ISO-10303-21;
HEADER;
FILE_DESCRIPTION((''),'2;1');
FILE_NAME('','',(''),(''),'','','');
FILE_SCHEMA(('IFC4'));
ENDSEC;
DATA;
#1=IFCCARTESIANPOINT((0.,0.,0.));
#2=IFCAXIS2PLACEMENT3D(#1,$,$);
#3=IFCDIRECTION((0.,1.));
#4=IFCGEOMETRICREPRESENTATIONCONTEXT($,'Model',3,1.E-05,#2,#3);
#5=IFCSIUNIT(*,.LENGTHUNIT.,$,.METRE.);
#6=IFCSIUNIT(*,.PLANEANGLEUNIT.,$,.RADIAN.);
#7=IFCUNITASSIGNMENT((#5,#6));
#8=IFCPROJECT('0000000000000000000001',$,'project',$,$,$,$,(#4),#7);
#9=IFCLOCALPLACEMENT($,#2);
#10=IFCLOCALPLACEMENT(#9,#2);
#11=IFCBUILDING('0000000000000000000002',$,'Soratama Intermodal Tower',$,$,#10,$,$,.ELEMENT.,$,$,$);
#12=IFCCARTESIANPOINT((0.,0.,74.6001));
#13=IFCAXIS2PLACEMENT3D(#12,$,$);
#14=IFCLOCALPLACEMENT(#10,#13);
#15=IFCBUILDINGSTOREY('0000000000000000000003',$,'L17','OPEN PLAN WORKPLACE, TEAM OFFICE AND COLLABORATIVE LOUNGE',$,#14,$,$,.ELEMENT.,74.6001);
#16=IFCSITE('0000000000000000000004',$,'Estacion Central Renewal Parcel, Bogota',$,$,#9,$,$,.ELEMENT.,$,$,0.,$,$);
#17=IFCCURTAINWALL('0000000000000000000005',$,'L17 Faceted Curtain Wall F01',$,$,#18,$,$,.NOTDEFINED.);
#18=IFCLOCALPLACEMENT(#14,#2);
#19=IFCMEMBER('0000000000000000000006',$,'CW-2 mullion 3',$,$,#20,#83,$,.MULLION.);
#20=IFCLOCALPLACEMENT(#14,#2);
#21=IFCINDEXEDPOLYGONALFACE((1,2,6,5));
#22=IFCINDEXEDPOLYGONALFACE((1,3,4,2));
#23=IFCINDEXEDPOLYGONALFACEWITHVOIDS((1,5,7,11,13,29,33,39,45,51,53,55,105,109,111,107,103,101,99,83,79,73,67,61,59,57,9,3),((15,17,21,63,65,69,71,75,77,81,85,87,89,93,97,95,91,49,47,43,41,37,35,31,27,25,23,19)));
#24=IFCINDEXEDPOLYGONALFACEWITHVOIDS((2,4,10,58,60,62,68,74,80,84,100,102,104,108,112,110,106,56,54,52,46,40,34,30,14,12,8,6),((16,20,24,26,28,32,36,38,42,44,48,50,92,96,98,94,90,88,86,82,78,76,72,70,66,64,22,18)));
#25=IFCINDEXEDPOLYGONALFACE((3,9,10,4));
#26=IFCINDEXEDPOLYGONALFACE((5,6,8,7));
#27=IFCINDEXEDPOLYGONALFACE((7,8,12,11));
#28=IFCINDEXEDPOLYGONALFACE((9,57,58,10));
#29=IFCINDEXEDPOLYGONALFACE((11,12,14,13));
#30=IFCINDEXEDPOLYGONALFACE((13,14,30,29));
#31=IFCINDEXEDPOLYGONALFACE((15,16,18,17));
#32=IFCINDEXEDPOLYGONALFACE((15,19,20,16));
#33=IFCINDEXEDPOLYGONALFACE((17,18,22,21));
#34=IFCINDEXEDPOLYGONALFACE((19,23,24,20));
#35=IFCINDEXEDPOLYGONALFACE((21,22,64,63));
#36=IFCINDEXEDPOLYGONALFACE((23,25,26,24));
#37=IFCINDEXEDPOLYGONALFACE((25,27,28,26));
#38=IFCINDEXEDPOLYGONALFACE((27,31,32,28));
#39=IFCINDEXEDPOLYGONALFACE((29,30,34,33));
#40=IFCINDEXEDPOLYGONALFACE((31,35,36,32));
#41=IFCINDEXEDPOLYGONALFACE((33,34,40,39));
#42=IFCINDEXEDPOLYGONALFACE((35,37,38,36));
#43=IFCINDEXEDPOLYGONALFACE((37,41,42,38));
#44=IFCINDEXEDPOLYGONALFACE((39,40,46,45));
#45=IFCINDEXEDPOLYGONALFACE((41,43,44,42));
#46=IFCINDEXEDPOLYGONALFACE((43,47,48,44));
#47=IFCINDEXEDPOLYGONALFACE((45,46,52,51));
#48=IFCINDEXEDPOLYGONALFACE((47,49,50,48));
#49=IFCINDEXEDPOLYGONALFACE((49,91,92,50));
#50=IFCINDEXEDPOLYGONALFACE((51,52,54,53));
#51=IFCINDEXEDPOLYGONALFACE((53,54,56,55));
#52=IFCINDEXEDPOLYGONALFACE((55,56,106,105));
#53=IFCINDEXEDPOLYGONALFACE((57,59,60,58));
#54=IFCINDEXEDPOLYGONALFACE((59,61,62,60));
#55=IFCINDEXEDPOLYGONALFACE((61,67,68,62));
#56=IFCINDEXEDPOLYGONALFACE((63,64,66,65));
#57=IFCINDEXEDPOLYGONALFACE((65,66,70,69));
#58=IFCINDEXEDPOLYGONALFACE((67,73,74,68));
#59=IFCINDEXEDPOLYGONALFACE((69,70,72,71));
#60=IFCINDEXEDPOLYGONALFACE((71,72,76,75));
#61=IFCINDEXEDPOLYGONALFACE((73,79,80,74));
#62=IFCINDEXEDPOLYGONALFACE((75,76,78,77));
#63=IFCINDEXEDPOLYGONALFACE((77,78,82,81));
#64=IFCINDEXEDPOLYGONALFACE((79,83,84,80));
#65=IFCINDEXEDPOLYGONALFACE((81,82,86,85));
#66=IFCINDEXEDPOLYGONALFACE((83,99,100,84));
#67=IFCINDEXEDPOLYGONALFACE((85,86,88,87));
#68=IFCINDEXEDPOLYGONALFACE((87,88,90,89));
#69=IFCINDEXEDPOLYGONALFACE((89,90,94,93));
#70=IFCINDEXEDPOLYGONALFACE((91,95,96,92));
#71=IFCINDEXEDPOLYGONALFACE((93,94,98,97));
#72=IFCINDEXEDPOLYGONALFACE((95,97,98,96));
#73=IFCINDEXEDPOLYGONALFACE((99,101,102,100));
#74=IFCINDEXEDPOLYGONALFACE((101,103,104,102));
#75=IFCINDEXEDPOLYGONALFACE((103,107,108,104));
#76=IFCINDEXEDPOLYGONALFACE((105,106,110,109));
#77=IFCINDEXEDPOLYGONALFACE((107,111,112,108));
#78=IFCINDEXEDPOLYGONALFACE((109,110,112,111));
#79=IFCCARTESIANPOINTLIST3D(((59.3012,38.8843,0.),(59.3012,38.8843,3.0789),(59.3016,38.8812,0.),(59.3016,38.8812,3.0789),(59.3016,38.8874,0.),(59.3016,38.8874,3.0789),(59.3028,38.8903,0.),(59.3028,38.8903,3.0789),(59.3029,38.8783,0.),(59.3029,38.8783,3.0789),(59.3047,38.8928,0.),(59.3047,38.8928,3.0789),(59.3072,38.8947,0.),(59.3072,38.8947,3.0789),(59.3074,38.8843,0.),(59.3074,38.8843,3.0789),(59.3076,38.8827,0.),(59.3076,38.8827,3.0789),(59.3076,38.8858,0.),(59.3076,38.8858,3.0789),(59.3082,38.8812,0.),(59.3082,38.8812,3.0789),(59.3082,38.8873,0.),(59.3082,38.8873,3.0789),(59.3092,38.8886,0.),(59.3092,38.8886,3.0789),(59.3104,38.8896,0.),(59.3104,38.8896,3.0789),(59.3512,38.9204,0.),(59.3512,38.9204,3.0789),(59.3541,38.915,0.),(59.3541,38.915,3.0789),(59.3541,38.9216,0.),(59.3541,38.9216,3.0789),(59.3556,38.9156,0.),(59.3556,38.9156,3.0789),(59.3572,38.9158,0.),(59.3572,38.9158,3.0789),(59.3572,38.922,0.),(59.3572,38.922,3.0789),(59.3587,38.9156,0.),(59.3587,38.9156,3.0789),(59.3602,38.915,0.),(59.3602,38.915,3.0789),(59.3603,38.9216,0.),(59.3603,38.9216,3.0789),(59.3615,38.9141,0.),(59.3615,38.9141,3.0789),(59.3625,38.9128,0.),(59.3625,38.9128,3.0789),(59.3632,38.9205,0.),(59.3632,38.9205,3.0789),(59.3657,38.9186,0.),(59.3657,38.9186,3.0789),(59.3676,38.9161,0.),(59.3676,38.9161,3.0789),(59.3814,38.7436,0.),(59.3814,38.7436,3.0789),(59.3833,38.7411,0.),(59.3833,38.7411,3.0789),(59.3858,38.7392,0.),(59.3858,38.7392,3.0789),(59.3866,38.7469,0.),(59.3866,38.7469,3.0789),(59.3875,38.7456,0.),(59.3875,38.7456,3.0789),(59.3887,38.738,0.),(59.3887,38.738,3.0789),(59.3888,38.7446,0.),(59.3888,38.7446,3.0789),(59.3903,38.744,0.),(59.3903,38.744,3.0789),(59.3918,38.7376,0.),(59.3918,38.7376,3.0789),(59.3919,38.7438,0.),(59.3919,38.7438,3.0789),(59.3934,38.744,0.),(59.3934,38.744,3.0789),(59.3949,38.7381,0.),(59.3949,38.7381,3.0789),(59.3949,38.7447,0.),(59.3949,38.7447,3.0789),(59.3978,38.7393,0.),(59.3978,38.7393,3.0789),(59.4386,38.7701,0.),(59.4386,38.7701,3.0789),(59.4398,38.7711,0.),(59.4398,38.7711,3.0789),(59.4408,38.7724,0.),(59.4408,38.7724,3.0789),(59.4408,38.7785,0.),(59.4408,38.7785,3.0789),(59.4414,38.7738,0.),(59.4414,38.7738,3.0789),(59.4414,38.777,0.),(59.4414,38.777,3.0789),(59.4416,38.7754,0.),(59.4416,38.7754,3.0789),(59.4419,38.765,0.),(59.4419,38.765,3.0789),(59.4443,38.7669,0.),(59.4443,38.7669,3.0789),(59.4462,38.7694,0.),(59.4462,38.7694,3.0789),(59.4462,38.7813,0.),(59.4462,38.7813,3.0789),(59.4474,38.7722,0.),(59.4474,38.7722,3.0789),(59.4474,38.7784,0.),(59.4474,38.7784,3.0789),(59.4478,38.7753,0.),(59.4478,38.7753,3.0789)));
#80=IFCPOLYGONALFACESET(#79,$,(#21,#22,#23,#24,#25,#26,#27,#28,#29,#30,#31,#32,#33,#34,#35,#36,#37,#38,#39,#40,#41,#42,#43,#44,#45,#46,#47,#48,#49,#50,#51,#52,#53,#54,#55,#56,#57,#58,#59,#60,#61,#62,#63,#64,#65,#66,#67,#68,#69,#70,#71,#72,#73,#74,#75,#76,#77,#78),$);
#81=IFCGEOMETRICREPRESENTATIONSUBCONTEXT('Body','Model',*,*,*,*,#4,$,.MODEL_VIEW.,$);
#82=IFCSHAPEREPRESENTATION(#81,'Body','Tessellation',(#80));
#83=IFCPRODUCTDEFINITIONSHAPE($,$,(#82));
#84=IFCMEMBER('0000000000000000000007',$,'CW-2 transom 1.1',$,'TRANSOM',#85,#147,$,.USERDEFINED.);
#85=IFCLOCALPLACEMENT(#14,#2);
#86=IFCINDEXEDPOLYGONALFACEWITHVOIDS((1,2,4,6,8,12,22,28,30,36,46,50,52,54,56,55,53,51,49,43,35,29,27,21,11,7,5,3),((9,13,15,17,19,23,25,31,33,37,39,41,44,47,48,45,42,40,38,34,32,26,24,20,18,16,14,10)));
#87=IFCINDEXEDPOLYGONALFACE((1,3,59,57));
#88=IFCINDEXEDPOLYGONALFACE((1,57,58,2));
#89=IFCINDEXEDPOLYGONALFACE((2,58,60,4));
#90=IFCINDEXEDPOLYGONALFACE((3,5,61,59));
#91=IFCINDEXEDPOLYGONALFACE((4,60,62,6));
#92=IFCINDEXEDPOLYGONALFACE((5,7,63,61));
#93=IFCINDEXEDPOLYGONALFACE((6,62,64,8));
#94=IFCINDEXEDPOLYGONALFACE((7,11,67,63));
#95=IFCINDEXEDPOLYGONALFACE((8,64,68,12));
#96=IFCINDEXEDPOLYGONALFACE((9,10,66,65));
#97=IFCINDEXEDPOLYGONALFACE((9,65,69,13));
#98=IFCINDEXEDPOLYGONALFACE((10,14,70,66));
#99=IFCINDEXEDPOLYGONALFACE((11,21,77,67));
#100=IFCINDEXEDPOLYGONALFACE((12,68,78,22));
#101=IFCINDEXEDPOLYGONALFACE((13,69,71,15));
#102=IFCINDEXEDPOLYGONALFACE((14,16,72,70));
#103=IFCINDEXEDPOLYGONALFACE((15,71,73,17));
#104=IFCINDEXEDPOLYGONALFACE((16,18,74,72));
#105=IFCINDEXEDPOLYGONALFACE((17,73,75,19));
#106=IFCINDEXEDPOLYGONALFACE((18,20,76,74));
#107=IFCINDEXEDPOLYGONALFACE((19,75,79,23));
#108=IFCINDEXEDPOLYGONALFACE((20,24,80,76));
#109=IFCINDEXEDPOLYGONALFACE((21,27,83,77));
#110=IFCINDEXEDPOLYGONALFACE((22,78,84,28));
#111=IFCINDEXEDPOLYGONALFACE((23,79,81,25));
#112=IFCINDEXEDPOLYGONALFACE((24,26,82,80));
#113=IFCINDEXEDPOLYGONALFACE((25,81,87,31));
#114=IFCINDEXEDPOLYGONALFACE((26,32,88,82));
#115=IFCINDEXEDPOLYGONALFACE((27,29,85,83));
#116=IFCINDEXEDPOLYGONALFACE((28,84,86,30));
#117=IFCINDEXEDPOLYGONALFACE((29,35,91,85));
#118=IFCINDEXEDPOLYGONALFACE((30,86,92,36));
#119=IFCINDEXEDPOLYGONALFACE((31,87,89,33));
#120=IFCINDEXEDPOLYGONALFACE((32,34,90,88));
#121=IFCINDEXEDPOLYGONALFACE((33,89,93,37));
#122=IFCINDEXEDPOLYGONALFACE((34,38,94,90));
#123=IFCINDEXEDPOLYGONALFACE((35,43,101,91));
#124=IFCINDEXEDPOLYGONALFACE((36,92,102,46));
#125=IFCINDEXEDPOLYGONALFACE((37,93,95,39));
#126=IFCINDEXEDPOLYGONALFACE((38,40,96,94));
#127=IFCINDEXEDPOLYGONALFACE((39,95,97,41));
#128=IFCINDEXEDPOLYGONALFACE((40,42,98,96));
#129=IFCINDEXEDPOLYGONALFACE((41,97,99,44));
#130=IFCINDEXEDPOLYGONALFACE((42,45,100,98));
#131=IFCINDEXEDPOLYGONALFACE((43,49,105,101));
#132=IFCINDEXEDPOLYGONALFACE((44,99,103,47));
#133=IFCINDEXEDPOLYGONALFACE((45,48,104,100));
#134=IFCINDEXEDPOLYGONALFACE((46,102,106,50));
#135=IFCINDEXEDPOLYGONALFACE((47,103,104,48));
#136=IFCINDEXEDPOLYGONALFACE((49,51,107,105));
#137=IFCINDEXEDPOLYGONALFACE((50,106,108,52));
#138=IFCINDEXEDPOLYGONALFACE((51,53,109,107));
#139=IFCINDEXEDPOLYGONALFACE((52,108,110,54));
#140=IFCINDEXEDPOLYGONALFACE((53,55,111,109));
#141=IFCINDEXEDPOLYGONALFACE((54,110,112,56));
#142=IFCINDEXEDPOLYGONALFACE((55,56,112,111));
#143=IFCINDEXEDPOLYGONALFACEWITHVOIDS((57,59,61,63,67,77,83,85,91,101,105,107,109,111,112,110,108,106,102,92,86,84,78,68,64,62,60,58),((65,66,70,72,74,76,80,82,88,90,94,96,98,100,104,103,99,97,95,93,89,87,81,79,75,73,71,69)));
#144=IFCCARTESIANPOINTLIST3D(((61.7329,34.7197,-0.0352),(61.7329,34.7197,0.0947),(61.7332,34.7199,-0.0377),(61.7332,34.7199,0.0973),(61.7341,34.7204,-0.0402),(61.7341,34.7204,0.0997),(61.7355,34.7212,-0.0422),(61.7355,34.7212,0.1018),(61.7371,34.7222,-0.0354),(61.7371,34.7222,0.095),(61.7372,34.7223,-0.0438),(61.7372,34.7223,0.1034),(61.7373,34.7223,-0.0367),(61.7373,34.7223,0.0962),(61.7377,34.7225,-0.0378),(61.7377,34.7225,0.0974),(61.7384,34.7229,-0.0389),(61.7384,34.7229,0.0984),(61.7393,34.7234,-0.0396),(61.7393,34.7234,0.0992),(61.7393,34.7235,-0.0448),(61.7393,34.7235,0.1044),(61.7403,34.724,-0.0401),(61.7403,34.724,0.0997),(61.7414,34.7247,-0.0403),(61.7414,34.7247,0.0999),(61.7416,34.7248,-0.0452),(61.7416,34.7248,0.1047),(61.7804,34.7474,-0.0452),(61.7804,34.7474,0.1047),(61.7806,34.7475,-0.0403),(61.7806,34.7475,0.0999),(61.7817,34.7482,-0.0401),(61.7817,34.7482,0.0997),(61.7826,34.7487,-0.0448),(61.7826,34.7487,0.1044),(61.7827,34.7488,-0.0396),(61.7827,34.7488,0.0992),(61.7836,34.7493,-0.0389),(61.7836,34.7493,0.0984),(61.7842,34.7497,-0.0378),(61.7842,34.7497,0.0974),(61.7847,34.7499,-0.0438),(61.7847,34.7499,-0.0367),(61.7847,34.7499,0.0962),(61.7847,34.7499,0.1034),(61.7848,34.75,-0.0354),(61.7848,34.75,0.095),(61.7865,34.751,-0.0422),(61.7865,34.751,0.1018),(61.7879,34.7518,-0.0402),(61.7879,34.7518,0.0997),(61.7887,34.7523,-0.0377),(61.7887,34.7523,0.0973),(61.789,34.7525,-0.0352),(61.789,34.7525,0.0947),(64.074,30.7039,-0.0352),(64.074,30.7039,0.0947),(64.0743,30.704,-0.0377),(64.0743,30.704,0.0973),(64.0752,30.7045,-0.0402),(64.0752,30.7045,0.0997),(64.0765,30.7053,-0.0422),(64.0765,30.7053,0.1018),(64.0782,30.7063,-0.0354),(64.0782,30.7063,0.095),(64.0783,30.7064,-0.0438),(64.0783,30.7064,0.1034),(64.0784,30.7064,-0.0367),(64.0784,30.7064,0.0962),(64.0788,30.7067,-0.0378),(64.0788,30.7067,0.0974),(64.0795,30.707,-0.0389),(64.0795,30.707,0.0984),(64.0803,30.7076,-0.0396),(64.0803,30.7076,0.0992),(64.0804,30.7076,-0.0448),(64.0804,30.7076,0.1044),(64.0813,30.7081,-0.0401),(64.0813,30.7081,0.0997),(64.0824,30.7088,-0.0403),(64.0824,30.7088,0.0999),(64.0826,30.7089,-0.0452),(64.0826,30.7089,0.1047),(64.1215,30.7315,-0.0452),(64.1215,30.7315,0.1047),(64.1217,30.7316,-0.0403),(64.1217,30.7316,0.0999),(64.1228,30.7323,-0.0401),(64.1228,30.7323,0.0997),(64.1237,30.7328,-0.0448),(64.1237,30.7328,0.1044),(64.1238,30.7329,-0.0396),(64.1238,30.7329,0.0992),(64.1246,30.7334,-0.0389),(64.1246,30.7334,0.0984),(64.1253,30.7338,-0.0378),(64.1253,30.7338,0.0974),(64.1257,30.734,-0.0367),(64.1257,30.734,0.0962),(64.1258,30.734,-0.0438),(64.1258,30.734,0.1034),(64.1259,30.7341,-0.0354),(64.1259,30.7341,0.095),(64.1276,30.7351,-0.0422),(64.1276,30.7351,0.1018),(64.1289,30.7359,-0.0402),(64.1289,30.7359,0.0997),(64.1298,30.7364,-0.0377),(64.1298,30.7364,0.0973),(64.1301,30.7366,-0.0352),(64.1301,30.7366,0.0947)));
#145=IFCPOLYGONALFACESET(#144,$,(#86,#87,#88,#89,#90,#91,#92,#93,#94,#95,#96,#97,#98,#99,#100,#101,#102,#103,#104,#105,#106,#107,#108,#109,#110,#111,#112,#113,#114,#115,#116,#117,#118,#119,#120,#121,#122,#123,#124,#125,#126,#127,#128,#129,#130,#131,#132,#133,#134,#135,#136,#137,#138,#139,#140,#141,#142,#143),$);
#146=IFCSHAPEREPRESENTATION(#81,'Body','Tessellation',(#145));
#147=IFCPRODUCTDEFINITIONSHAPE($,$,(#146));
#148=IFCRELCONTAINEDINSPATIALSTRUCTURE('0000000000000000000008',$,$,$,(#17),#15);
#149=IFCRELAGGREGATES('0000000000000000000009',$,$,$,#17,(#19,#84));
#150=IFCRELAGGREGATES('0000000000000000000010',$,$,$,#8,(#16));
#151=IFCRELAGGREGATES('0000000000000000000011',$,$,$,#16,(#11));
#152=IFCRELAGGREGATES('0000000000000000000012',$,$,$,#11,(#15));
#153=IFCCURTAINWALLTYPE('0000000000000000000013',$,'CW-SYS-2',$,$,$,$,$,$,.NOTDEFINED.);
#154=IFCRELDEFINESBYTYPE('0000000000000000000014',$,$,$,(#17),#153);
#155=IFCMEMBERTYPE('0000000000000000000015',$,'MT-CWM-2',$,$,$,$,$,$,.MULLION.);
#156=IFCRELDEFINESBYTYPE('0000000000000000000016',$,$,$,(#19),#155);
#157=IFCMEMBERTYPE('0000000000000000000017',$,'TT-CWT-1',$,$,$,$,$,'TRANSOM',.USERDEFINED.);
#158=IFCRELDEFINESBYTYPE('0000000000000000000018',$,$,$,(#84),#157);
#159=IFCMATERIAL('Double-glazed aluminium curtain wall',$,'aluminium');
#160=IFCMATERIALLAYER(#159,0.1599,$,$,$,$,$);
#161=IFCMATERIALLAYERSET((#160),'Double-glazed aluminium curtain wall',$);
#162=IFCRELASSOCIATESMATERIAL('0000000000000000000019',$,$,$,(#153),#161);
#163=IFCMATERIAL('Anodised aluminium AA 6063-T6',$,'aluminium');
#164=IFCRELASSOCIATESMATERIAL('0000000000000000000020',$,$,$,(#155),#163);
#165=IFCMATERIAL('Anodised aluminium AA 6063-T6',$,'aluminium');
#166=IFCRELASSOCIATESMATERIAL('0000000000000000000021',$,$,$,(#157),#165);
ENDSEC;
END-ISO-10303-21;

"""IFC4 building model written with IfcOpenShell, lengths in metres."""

from ifc_helpers import new_model, si_unit, direction, frame, origin, origin_2d, place, context, subcontext, project, spatial, hollow_rectangle, extrude, material, layer, layer_set, material_profile, profile_set, type_object, element, aggregate, save


model = new_model("IFC4")

# Units and contexts
model_context = context("Model", 3, precision=1e-05, world=origin(), true_north=direction((0.0, 1.0)))
body_context = subcontext(model_context, "Body", "Model", "MODEL_VIEW")
ifc_project = project(units=[si_unit("LENGTHUNIT", "METRE"), si_unit("PLANEANGLEUNIT", "RADIAN")], contexts=[model_context])

# Site, building, storey
site_placement = place(None, origin())
site = spatial("IfcSite", under=ifc_project, at=site_placement, Name="Estacion Central Renewal Parcel, Bogota", CompositionType="ELEMENT", RefElevation=0.0)
building_placement = place(site_placement, origin())
building = spatial("IfcBuilding", under=site, at=building_placement, Name="Soratama Intermodal Tower", CompositionType="ELEMENT")
storey_placement = place(building_placement, frame((0.0, 0.0, 74.6001)))
storey = spatial("IfcBuildingStorey", under=building, at=storey_placement, Name="L17", Description="OPEN PLAN WORKPLACE, TEAM OFFICE AND COLLABORATIVE LOUNGE", CompositionType="ELEMENT", Elevation=74.6001)

# Curtain wall, members
ifc_material_1 = material(Name="Double-glazed aluminium curtain wall", Category="aluminium")
ifc_layer_1 = layer(ifc_material_1, 0.1599)
ifc_layer_set_1 = layer_set([ifc_layer_1], Name="Double-glazed aluminium curtain wall")
curtain_wall_type = type_object("IfcCurtainWallType", Name="CW-SYS-2", PredefinedType="NOTDEFINED", material=ifc_layer_set_1)
curtain_wall_placement = place(storey_placement, origin())
curtain_wall = element("IfcCurtainWall", 1, at=curtain_wall_placement, inside=storey, type_object=curtain_wall_type, Name="L17 Faceted Curtain Wall F01", PredefinedType="NOTDEFINED")
ifc_material_2 = material(Name="Anodised aluminium AA 6063-T6", Category="aluminium")
ifc_material_profile_1 = material_profile(ifc_material_2, hollow_rectangle(XDim=0.075, YDim=0.1799, WallThickness=0.0061, InnerFilletRadius=0.0061, OuterFilletRadius=0.012, at=origin_2d()), Name="CWM180X75X6")
ifc_profile_set_1 = profile_set([ifc_material_profile_1], Name="Anodised aluminium AA 6063-T6")
member_type_1 = type_object("IfcMemberType", Name="MT-CWM-2", PredefinedType="MULLION", material=ifc_profile_set_1)
member_1_placement = place(storey_placement, frame((59.3745, 38.8298, 0.0), z_axis=(0.0, 0.0, 1.0), x_axis=(-0.863925, -0.50362, 0.0)))
member_1 = element("IfcMember", 2, at=member_1_placement, type_object=member_type_1, Name="CW-2 mullion 3", PredefinedType="MULLION", context=body_context, shape_type="SweptSolid", body=[
    extrude(hollow_rectangle(XDim=0.075, YDim=0.1799, WallThickness=0.0061, InnerFilletRadius=0.0061, OuterFilletRadius=0.012, at=origin_2d()), origin(), (0.0, 0.0, 1.0), 3.0789),
])
ifc_material_3 = material(Name="Anodised aluminium AA 6063-T6", Category="aluminium")
ifc_material_profile_2 = material_profile(ifc_material_3, hollow_rectangle(XDim=0.0649, YDim=0.1499, WallThickness=0.0049, InnerFilletRadius=0.0049, OuterFilletRadius=0.01, at=origin_2d()), Name="CWT150X65X5")
ifc_profile_set_2 = profile_set([ifc_material_profile_2], Name="Anodised aluminium AA 6063-T6")
member_type_2 = type_object("IfcMemberType", Name="TT-CWT-1", ElementType="TRANSOM", PredefinedType="USERDEFINED", material=ifc_profile_set_2)
member_2_placement = place(storey_placement, frame((64.1021, 30.7202, 0.0298), z_axis=(-0.503626, 0.863922, 0.0), x_axis=(-0.863922, -0.503626, 0.0)))
member_2 = element("IfcMember", 3, at=member_2_placement, type_object=member_type_2, Name="CW-2 transom 1.1", ObjectType="TRANSOM", PredefinedType="USERDEFINED", context=body_context, shape_type="SweptSolid", body=[
    extrude(hollow_rectangle(XDim=0.0649, YDim=0.1499, WallThickness=0.0049, InnerFilletRadius=0.0049, OuterFilletRadius=0.01, at=origin_2d()), origin(), (0.0, 0.0, 1.0), 4.6484),
])
aggregate(curtain_wall, [member_1, member_2])

save(model, "model.ifc")
